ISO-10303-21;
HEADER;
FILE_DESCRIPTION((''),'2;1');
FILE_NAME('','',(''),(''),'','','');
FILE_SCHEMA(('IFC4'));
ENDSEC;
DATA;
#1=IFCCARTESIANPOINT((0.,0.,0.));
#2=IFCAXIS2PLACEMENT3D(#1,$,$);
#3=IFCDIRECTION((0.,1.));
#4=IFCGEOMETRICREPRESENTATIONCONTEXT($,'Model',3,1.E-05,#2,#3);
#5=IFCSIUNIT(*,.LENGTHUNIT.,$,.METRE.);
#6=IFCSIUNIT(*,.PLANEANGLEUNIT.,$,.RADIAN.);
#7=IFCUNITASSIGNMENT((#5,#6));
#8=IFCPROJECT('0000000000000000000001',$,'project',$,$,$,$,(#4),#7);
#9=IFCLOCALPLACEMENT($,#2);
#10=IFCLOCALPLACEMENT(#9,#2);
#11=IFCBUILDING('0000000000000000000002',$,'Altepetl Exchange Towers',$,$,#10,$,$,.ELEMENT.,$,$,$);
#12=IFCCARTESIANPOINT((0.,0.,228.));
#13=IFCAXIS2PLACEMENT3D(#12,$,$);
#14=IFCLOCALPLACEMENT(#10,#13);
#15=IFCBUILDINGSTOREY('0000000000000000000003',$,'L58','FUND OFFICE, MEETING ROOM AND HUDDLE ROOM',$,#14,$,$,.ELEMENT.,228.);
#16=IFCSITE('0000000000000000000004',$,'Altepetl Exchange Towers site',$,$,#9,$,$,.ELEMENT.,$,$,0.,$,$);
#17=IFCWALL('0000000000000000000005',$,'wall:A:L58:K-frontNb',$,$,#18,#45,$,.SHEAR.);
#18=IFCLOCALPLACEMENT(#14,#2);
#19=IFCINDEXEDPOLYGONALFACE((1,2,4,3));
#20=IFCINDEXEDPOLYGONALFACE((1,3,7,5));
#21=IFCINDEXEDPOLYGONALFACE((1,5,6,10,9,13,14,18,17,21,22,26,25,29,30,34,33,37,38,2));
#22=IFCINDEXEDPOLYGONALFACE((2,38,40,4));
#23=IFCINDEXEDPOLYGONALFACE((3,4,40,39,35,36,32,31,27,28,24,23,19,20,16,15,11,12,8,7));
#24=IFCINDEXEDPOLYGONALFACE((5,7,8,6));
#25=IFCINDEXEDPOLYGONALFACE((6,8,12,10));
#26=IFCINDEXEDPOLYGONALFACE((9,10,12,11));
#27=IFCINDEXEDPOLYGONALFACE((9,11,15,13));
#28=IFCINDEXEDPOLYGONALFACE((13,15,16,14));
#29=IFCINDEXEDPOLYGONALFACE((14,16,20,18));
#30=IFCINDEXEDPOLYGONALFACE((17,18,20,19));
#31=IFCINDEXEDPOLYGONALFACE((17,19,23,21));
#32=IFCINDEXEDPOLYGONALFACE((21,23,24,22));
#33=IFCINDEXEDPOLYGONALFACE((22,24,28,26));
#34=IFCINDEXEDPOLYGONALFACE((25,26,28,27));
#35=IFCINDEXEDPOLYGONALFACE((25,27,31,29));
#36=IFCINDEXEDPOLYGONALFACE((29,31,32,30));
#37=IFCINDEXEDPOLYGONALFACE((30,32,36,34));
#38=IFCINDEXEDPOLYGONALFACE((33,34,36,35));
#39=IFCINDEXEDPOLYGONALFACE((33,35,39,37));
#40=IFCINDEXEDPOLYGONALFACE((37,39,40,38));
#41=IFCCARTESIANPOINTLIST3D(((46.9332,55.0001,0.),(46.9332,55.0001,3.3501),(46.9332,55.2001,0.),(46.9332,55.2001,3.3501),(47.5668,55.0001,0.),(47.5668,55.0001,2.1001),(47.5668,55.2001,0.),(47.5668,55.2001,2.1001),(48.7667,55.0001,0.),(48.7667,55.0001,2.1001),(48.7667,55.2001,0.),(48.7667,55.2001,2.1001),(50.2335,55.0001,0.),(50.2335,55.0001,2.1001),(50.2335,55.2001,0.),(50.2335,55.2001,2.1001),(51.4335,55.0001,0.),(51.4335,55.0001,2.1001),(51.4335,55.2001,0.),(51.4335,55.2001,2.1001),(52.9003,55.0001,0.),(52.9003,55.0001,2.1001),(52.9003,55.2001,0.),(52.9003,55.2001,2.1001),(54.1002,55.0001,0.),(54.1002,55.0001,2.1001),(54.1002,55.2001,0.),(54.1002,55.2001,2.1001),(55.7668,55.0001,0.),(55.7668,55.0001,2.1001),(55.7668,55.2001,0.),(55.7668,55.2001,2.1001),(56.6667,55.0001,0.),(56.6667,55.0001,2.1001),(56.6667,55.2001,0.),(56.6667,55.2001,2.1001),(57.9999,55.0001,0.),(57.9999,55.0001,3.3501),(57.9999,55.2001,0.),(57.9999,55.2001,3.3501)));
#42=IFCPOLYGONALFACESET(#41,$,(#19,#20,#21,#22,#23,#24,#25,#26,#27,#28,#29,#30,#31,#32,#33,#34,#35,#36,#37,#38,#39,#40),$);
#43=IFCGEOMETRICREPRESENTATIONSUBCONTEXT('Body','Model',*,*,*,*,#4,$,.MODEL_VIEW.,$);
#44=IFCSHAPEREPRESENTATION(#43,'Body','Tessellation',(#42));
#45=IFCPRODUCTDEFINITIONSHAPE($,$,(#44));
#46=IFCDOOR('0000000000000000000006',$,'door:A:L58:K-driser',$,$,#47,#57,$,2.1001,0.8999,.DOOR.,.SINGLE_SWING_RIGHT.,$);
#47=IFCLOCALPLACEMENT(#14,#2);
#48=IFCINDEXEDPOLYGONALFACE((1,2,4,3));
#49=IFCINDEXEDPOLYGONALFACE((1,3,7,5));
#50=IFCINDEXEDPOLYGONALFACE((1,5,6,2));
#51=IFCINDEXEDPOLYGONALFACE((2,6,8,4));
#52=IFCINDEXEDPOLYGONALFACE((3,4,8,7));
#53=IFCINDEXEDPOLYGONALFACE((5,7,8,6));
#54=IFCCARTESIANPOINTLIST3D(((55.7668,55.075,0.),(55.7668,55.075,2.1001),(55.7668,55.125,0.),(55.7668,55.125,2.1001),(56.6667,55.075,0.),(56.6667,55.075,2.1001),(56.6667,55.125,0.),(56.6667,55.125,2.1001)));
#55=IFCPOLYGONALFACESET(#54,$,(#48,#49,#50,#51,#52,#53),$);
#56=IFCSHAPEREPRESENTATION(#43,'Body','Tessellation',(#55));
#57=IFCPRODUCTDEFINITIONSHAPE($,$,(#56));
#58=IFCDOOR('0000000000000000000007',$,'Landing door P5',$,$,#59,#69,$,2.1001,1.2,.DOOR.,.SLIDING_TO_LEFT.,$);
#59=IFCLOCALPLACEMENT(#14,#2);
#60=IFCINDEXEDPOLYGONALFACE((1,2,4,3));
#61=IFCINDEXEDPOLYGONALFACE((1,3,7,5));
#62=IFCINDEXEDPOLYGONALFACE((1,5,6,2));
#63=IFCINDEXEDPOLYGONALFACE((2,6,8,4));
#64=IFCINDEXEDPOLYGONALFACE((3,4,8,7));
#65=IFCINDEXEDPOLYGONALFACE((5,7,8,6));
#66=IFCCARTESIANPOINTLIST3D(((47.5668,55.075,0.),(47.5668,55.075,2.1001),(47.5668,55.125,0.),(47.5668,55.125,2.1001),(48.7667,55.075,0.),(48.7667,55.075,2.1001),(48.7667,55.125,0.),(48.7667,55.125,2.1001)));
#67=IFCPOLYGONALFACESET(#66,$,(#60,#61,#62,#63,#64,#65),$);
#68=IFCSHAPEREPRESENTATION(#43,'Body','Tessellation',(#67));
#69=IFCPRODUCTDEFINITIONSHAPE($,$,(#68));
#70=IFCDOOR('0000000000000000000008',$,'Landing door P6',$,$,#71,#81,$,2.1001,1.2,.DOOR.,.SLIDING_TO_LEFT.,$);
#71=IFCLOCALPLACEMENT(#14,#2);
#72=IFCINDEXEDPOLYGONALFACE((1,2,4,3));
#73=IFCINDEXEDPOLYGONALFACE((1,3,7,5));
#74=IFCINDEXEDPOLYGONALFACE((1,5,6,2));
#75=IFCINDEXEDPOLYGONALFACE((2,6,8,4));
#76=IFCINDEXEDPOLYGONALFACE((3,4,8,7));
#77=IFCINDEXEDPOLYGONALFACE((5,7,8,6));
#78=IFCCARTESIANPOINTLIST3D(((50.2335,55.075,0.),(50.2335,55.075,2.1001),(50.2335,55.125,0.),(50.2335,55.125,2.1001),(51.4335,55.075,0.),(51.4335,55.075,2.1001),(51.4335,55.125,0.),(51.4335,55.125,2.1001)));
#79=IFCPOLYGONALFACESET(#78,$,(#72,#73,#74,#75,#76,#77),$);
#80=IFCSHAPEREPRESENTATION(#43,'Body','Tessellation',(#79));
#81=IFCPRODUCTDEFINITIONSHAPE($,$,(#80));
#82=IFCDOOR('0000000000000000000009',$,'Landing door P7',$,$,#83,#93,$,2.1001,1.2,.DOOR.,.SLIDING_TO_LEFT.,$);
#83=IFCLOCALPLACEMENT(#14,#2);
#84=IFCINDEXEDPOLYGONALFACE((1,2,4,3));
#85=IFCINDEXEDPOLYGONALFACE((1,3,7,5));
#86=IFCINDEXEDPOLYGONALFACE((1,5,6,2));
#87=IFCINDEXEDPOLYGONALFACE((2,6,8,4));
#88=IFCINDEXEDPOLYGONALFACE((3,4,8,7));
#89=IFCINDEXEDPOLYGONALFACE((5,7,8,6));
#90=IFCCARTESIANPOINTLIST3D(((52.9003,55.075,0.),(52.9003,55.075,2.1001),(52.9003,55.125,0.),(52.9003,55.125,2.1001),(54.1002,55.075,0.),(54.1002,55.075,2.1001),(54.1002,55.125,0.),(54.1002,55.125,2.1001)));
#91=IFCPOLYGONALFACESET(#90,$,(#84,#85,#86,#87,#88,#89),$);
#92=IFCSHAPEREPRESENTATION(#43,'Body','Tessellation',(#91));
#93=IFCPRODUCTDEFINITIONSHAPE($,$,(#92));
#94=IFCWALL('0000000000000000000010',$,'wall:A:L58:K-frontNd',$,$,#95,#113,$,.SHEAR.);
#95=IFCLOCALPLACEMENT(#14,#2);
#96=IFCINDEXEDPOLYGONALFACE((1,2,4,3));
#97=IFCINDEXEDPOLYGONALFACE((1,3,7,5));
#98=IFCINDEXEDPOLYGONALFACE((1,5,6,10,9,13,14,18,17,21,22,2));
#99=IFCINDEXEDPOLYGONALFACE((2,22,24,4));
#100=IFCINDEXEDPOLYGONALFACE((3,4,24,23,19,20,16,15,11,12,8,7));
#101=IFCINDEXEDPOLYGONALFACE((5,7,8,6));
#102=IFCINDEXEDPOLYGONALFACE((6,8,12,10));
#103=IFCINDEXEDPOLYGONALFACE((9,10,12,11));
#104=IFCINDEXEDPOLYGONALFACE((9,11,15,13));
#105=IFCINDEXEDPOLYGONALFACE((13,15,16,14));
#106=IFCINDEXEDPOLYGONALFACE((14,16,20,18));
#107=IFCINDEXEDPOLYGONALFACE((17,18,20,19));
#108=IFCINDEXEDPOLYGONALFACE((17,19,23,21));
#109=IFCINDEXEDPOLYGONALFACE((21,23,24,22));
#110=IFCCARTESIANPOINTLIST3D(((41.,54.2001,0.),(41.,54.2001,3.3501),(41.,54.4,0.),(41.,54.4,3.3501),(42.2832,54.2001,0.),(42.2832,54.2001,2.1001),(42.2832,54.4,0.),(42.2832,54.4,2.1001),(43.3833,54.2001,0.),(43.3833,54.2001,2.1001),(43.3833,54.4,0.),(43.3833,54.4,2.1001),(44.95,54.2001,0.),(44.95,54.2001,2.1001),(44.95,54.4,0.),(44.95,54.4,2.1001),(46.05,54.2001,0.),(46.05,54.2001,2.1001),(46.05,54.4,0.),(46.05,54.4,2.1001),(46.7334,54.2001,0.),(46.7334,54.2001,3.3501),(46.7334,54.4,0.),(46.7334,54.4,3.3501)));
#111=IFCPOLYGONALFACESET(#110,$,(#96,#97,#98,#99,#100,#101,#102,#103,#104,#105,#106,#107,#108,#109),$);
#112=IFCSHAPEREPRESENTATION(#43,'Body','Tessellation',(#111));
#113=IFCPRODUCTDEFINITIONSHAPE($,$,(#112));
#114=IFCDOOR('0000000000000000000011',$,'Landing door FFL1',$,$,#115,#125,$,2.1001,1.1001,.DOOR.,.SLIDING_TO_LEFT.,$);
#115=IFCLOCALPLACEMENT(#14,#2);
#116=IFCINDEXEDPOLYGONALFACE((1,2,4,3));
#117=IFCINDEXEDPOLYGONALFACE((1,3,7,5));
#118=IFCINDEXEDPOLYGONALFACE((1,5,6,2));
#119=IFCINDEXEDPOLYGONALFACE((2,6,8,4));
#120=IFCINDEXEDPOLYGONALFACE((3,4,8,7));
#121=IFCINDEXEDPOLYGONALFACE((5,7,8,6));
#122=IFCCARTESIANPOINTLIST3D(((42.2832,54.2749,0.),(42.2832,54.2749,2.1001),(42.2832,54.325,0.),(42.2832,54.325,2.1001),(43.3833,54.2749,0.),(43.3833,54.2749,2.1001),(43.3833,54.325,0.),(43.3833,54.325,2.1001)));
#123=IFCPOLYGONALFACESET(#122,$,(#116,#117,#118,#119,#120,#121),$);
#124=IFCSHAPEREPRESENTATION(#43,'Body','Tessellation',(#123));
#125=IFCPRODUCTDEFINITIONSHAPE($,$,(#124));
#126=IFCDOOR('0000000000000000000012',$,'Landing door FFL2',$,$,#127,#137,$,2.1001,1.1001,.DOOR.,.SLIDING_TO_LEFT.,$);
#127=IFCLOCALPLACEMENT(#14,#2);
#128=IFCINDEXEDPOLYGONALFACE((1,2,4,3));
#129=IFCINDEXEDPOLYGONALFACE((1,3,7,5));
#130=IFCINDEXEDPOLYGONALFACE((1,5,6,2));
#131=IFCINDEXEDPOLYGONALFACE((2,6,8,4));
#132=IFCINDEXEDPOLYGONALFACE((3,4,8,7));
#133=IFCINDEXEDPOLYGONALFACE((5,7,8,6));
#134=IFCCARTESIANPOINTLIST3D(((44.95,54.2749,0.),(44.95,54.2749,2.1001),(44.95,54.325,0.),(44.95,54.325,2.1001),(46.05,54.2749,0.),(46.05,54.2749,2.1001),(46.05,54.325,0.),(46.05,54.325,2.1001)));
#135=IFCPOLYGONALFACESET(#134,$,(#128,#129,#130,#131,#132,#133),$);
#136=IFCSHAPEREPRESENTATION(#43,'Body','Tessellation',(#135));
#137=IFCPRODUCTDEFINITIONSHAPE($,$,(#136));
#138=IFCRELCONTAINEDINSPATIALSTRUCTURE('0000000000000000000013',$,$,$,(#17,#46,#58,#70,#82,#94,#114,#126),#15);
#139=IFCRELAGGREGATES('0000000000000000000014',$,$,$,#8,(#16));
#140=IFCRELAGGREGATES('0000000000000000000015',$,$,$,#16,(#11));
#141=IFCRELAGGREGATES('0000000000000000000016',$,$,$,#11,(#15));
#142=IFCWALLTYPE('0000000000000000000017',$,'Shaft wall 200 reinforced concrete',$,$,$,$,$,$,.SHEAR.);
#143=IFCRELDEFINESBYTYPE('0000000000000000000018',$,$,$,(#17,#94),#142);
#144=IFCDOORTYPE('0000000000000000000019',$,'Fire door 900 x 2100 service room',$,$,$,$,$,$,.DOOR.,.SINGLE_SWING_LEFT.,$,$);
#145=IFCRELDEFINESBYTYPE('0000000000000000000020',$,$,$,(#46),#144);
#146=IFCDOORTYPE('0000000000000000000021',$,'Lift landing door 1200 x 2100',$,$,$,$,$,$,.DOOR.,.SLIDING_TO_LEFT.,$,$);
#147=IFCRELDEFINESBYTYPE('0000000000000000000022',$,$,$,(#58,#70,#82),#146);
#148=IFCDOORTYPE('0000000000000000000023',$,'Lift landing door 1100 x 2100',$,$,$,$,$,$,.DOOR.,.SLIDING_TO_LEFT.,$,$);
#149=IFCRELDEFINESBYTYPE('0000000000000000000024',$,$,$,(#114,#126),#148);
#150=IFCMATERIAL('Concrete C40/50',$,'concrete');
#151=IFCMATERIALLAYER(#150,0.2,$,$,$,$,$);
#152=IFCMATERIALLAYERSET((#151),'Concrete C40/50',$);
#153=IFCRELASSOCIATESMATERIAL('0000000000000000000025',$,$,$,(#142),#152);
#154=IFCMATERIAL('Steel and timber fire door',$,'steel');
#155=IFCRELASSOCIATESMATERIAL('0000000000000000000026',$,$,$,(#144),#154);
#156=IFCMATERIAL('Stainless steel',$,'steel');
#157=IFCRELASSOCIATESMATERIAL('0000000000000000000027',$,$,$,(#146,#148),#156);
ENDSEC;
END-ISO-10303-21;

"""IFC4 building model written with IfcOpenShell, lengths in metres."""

from ifc_helpers import new_model, si_unit, direction, frame, frame_2d, origin, place, context, subcontext, project, spatial, rectangle, extrude, material, layer, layer_set, type_object, element, fill, save


model = new_model("IFC4")

# Units and contexts
model_context = context("Model", 3, precision=1e-05, world=origin(), true_north=direction((0.0, 1.0)))
body_context = subcontext(model_context, "Body", "Model", "MODEL_VIEW")
ifc_project = project(units=[si_unit("LENGTHUNIT", "METRE"), si_unit("PLANEANGLEUNIT", "RADIAN")], contexts=[model_context])

# Site, building, storey
site_placement = place(None, origin())
site = spatial("IfcSite", under=ifc_project, at=site_placement, Name="Altepetl Exchange Towers site", CompositionType="ELEMENT", RefElevation=0.0)
building_placement = place(site_placement, origin())
building = spatial("IfcBuilding", under=site, at=building_placement, Name="Altepetl Exchange Towers", CompositionType="ELEMENT")
storey_placement = place(building_placement, frame((0.0, 0.0, 228.0)))
storey = spatial("IfcBuildingStorey", under=building, at=storey_placement, Name="L58", Description="FUND OFFICE, MEETING ROOM AND HUDDLE ROOM", CompositionType="ELEMENT", Elevation=228.0)

# Shared definitions
ifc_material_1 = material(Name="Steel and timber fire door", Category="steel")

# Shared definitions
ifc_material_2 = material(Name="Concrete C40/50", Category="concrete")
ifc_layer_1 = layer(ifc_material_2, 0.2)
ifc_layer_set_1 = layer_set([ifc_layer_1], Name="Concrete C40/50")
wall_type_1 = type_object("IfcWallType", Name="Shaft wall 200 reinforced concrete", PredefinedType="SHEAR", material=ifc_layer_set_1)

# Walls, openings, doors
wall_1_placement = place(storey_placement, frame((46.9333, 55.1001, 0.0)))
wall_1 = element("IfcWall", 1, at=wall_1_placement, inside=storey, type_object=wall_type_1, Name="wall:A:L58:K-frontNb", PredefinedType="SHEAR", context=body_context, shape_type="SweptSolid", body=[
    extrude(rectangle(XDim=11.0667, YDim=0.2, at=frame_2d((5.5332, 0.0))), origin(), (0.0, 0.0, 1.0), 3.3501),
])
opening_1_placement = place(wall_1_placement, frame((8.8335, 0.0, 0.0)))
opening_1 = element("IfcOpeningElement", 2, at=opening_1_placement, cuts=wall_1, PredefinedType="OPENING", context=body_context, shape_type="SweptSolid", body=[
    extrude(rectangle(XDim=0.8999, YDim=2.1001, at=frame_2d((0.45, 1.05))), frame((0.0, 0.1099, 0.0), z_axis=(0.0, -1.0, 0.0), x_axis=(1.0, 0.0, 0.0)), (0.0, 0.0, 1.0), 0.22),
])
opening_2_placement = place(wall_1_placement, frame((0.6333, 0.0, 0.0)))
opening_2 = element("IfcOpeningElement", 3, at=opening_2_placement, cuts=wall_1, PredefinedType="OPENING", context=body_context, shape_type="SweptSolid", body=[
    extrude(rectangle(XDim=1.2, YDim=2.1001, at=frame_2d((0.6001, 1.05))), frame((0.0, 0.1099, 0.0), z_axis=(0.0, -1.0, 0.0), x_axis=(1.0, 0.0, 0.0)), (0.0, 0.0, 1.0), 0.22),
])
opening_3_placement = place(wall_1_placement, frame((3.3, 0.0, 0.0)))
opening_3 = element("IfcOpeningElement", 4, at=opening_3_placement, cuts=wall_1, PredefinedType="OPENING", context=body_context, shape_type="SweptSolid", body=[
    extrude(rectangle(XDim=1.2, YDim=2.1001, at=frame_2d((0.6001, 1.05))), frame((0.0, 0.1099, 0.0), z_axis=(0.0, -1.0, 0.0), x_axis=(1.0, 0.0, 0.0)), (0.0, 0.0, 1.0), 0.22),
])
opening_4_placement = place(wall_1_placement, frame((5.9668, 0.0, 0.0)))
opening_4 = element("IfcOpeningElement", 5, at=opening_4_placement, cuts=wall_1, PredefinedType="OPENING", context=body_context, shape_type="SweptSolid", body=[
    extrude(rectangle(XDim=1.2, YDim=2.1001, at=frame_2d((0.6001, 1.05))), frame((0.0, 0.1099, 0.0), z_axis=(0.0, -1.0, 0.0), x_axis=(1.0, 0.0, 0.0)), (0.0, 0.0, 1.0), 0.22),
])
door_type_1 = type_object("IfcDoorType", Name="Fire door 900 x 2100 service room", OperationType="SINGLE_SWING_LEFT", PredefinedType="DOOR", material=ifc_material_1)
door_1_placement = place(opening_1_placement, origin())
door_1 = element("IfcDoor", 6, at=door_1_placement, inside=storey, type_object=door_type_1, Name="door:A:L58:K-driser", OperationType="SINGLE_SWING_RIGHT", OverallHeight=2.1001, OverallWidth=0.8999, PredefinedType="DOOR", context=body_context, shape_type="SweptSolid", body=[
    extrude(rectangle(XDim=0.8999, YDim=2.1001, at=frame_2d((0.45, 1.05))), frame((0.0, 0.0249, 0.0), z_axis=(0.0, -1.0, 0.0), x_axis=(1.0, 0.0, 0.0)), (0.0, 0.0, 1.0), 0.05),
])
fill(opening_1, door_1)
ifc_material_3 = material(Name="Stainless steel", Category="steel")
door_type_2 = type_object("IfcDoorType", Name="Lift landing door 1200 x 2100", OperationType="SLIDING_TO_LEFT", PredefinedType="DOOR", material=ifc_material_3)
door_2_placement = place(opening_2_placement, origin())
door_2 = element("IfcDoor", 7, at=door_2_placement, inside=storey, type_object=door_type_2, Name="Landing door P5", OperationType="SLIDING_TO_LEFT", OverallHeight=2.1001, OverallWidth=1.2, PredefinedType="DOOR", context=body_context, shape_type="SweptSolid", body=[
    extrude(rectangle(XDim=1.2, YDim=2.1001, at=frame_2d((0.6001, 1.05))), frame((0.0, 0.0249, 0.0), z_axis=(0.0, -1.0, 0.0), x_axis=(1.0, 0.0, 0.0)), (0.0, 0.0, 1.0), 0.05),
])
fill(opening_2, door_2)
door_3_placement = place(opening_3_placement, origin())
door_3 = element("IfcDoor", 8, at=door_3_placement, inside=storey, type_object=door_type_2, Name="Landing door P6", OperationType="SLIDING_TO_LEFT", OverallHeight=2.1001, OverallWidth=1.2, PredefinedType="DOOR", context=body_context, shape_type="SweptSolid", body=[
    extrude(rectangle(XDim=1.2, YDim=2.1001, at=frame_2d((0.6001, 1.05))), frame((0.0, 0.0249, 0.0), z_axis=(0.0, -1.0, 0.0), x_axis=(1.0, 0.0, 0.0)), (0.0, 0.0, 1.0), 0.05),
])
fill(opening_3, door_3)
door_4_placement = place(opening_4_placement, origin())
door_4 = element("IfcDoor", 9, at=door_4_placement, inside=storey, type_object=door_type_2, Name="Landing door P7", OperationType="SLIDING_TO_LEFT", OverallHeight=2.1001, OverallWidth=1.2, PredefinedType="DOOR", context=body_context, shape_type="SweptSolid", body=[
    extrude(rectangle(XDim=1.2, YDim=2.1001, at=frame_2d((0.6001, 1.05))), frame((0.0, 0.0249, 0.0), z_axis=(0.0, -1.0, 0.0), x_axis=(1.0, 0.0, 0.0)), (0.0, 0.0, 1.0), 0.05),
])
fill(opening_4, door_4)
wall_2_placement = place(storey_placement, frame((41.0, 54.3, 0.0)))
wall_2 = element("IfcWall", 10, at=wall_2_placement, inside=storey, type_object=wall_type_1, Name="wall:A:L58:K-frontNd", PredefinedType="SHEAR", context=body_context, shape_type="SweptSolid", body=[
    extrude(rectangle(XDim=5.7334, YDim=0.2, at=frame_2d((2.8667, 0.0))), origin(), (0.0, 0.0, 1.0), 3.3501),
])
opening_5_placement = place(wall_2_placement, frame((1.2832, 0.0, 0.0)))
opening_5 = element("IfcOpeningElement", 11, at=opening_5_placement, cuts=wall_2, PredefinedType="OPENING", context=body_context, shape_type="SweptSolid", body=[
    extrude(rectangle(XDim=1.1001, YDim=2.1001, at=frame_2d((0.55, 1.05))), frame((0.0, 0.1099, 0.0), z_axis=(0.0, -1.0, 0.0), x_axis=(1.0, 0.0, 0.0)), (0.0, 0.0, 1.0), 0.22),
])
opening_6_placement = place(wall_2_placement, frame((3.95, 0.0, 0.0)))
opening_6 = element("IfcOpeningElement", 12, at=opening_6_placement, cuts=wall_2, PredefinedType="OPENING", context=body_context, shape_type="SweptSolid", body=[
    extrude(rectangle(XDim=1.1001, YDim=2.1001, at=frame_2d((0.55, 1.05))), frame((0.0, 0.1099, 0.0), z_axis=(0.0, -1.0, 0.0), x_axis=(1.0, 0.0, 0.0)), (0.0, 0.0, 1.0), 0.22),
])
door_type_3 = type_object("IfcDoorType", Name="Lift landing door 1100 x 2100", OperationType="SLIDING_TO_LEFT", PredefinedType="DOOR", material=ifc_material_3)
door_5_placement = place(opening_5_placement, origin())
door_5 = element("IfcDoor", 13, at=door_5_placement, inside=storey, type_object=door_type_3, Name="Landing door FFL1", OperationType="SLIDING_TO_LEFT", OverallHeight=2.1001, OverallWidth=1.1001, PredefinedType="DOOR", context=body_context, shape_type="SweptSolid", body=[
    extrude(rectangle(XDim=1.1001, YDim=2.1001, at=frame_2d((0.55, 1.05))), frame((0.0, 0.0249, 0.0), z_axis=(0.0, -1.0, 0.0), x_axis=(1.0, 0.0, 0.0)), (0.0, 0.0, 1.0), 0.05),
])
fill(opening_5, door_5)
door_6_placement = place(opening_6_placement, origin())
door_6 = element("IfcDoor", 14, at=door_6_placement, inside=storey, type_object=door_type_3, Name="Landing door FFL2", OperationType="SLIDING_TO_LEFT", OverallHeight=2.1001, OverallWidth=1.1001, PredefinedType="DOOR", context=body_context, shape_type="SweptSolid", body=[
    extrude(rectangle(XDim=1.1001, YDim=2.1001, at=frame_2d((0.55, 1.05))), frame((0.0, 0.0249, 0.0), z_axis=(0.0, -1.0, 0.0), x_axis=(1.0, 0.0, 0.0)), (0.0, 0.0, 1.0), 0.05),
])
fill(opening_6, door_6)

save(model, "model.ifc")
